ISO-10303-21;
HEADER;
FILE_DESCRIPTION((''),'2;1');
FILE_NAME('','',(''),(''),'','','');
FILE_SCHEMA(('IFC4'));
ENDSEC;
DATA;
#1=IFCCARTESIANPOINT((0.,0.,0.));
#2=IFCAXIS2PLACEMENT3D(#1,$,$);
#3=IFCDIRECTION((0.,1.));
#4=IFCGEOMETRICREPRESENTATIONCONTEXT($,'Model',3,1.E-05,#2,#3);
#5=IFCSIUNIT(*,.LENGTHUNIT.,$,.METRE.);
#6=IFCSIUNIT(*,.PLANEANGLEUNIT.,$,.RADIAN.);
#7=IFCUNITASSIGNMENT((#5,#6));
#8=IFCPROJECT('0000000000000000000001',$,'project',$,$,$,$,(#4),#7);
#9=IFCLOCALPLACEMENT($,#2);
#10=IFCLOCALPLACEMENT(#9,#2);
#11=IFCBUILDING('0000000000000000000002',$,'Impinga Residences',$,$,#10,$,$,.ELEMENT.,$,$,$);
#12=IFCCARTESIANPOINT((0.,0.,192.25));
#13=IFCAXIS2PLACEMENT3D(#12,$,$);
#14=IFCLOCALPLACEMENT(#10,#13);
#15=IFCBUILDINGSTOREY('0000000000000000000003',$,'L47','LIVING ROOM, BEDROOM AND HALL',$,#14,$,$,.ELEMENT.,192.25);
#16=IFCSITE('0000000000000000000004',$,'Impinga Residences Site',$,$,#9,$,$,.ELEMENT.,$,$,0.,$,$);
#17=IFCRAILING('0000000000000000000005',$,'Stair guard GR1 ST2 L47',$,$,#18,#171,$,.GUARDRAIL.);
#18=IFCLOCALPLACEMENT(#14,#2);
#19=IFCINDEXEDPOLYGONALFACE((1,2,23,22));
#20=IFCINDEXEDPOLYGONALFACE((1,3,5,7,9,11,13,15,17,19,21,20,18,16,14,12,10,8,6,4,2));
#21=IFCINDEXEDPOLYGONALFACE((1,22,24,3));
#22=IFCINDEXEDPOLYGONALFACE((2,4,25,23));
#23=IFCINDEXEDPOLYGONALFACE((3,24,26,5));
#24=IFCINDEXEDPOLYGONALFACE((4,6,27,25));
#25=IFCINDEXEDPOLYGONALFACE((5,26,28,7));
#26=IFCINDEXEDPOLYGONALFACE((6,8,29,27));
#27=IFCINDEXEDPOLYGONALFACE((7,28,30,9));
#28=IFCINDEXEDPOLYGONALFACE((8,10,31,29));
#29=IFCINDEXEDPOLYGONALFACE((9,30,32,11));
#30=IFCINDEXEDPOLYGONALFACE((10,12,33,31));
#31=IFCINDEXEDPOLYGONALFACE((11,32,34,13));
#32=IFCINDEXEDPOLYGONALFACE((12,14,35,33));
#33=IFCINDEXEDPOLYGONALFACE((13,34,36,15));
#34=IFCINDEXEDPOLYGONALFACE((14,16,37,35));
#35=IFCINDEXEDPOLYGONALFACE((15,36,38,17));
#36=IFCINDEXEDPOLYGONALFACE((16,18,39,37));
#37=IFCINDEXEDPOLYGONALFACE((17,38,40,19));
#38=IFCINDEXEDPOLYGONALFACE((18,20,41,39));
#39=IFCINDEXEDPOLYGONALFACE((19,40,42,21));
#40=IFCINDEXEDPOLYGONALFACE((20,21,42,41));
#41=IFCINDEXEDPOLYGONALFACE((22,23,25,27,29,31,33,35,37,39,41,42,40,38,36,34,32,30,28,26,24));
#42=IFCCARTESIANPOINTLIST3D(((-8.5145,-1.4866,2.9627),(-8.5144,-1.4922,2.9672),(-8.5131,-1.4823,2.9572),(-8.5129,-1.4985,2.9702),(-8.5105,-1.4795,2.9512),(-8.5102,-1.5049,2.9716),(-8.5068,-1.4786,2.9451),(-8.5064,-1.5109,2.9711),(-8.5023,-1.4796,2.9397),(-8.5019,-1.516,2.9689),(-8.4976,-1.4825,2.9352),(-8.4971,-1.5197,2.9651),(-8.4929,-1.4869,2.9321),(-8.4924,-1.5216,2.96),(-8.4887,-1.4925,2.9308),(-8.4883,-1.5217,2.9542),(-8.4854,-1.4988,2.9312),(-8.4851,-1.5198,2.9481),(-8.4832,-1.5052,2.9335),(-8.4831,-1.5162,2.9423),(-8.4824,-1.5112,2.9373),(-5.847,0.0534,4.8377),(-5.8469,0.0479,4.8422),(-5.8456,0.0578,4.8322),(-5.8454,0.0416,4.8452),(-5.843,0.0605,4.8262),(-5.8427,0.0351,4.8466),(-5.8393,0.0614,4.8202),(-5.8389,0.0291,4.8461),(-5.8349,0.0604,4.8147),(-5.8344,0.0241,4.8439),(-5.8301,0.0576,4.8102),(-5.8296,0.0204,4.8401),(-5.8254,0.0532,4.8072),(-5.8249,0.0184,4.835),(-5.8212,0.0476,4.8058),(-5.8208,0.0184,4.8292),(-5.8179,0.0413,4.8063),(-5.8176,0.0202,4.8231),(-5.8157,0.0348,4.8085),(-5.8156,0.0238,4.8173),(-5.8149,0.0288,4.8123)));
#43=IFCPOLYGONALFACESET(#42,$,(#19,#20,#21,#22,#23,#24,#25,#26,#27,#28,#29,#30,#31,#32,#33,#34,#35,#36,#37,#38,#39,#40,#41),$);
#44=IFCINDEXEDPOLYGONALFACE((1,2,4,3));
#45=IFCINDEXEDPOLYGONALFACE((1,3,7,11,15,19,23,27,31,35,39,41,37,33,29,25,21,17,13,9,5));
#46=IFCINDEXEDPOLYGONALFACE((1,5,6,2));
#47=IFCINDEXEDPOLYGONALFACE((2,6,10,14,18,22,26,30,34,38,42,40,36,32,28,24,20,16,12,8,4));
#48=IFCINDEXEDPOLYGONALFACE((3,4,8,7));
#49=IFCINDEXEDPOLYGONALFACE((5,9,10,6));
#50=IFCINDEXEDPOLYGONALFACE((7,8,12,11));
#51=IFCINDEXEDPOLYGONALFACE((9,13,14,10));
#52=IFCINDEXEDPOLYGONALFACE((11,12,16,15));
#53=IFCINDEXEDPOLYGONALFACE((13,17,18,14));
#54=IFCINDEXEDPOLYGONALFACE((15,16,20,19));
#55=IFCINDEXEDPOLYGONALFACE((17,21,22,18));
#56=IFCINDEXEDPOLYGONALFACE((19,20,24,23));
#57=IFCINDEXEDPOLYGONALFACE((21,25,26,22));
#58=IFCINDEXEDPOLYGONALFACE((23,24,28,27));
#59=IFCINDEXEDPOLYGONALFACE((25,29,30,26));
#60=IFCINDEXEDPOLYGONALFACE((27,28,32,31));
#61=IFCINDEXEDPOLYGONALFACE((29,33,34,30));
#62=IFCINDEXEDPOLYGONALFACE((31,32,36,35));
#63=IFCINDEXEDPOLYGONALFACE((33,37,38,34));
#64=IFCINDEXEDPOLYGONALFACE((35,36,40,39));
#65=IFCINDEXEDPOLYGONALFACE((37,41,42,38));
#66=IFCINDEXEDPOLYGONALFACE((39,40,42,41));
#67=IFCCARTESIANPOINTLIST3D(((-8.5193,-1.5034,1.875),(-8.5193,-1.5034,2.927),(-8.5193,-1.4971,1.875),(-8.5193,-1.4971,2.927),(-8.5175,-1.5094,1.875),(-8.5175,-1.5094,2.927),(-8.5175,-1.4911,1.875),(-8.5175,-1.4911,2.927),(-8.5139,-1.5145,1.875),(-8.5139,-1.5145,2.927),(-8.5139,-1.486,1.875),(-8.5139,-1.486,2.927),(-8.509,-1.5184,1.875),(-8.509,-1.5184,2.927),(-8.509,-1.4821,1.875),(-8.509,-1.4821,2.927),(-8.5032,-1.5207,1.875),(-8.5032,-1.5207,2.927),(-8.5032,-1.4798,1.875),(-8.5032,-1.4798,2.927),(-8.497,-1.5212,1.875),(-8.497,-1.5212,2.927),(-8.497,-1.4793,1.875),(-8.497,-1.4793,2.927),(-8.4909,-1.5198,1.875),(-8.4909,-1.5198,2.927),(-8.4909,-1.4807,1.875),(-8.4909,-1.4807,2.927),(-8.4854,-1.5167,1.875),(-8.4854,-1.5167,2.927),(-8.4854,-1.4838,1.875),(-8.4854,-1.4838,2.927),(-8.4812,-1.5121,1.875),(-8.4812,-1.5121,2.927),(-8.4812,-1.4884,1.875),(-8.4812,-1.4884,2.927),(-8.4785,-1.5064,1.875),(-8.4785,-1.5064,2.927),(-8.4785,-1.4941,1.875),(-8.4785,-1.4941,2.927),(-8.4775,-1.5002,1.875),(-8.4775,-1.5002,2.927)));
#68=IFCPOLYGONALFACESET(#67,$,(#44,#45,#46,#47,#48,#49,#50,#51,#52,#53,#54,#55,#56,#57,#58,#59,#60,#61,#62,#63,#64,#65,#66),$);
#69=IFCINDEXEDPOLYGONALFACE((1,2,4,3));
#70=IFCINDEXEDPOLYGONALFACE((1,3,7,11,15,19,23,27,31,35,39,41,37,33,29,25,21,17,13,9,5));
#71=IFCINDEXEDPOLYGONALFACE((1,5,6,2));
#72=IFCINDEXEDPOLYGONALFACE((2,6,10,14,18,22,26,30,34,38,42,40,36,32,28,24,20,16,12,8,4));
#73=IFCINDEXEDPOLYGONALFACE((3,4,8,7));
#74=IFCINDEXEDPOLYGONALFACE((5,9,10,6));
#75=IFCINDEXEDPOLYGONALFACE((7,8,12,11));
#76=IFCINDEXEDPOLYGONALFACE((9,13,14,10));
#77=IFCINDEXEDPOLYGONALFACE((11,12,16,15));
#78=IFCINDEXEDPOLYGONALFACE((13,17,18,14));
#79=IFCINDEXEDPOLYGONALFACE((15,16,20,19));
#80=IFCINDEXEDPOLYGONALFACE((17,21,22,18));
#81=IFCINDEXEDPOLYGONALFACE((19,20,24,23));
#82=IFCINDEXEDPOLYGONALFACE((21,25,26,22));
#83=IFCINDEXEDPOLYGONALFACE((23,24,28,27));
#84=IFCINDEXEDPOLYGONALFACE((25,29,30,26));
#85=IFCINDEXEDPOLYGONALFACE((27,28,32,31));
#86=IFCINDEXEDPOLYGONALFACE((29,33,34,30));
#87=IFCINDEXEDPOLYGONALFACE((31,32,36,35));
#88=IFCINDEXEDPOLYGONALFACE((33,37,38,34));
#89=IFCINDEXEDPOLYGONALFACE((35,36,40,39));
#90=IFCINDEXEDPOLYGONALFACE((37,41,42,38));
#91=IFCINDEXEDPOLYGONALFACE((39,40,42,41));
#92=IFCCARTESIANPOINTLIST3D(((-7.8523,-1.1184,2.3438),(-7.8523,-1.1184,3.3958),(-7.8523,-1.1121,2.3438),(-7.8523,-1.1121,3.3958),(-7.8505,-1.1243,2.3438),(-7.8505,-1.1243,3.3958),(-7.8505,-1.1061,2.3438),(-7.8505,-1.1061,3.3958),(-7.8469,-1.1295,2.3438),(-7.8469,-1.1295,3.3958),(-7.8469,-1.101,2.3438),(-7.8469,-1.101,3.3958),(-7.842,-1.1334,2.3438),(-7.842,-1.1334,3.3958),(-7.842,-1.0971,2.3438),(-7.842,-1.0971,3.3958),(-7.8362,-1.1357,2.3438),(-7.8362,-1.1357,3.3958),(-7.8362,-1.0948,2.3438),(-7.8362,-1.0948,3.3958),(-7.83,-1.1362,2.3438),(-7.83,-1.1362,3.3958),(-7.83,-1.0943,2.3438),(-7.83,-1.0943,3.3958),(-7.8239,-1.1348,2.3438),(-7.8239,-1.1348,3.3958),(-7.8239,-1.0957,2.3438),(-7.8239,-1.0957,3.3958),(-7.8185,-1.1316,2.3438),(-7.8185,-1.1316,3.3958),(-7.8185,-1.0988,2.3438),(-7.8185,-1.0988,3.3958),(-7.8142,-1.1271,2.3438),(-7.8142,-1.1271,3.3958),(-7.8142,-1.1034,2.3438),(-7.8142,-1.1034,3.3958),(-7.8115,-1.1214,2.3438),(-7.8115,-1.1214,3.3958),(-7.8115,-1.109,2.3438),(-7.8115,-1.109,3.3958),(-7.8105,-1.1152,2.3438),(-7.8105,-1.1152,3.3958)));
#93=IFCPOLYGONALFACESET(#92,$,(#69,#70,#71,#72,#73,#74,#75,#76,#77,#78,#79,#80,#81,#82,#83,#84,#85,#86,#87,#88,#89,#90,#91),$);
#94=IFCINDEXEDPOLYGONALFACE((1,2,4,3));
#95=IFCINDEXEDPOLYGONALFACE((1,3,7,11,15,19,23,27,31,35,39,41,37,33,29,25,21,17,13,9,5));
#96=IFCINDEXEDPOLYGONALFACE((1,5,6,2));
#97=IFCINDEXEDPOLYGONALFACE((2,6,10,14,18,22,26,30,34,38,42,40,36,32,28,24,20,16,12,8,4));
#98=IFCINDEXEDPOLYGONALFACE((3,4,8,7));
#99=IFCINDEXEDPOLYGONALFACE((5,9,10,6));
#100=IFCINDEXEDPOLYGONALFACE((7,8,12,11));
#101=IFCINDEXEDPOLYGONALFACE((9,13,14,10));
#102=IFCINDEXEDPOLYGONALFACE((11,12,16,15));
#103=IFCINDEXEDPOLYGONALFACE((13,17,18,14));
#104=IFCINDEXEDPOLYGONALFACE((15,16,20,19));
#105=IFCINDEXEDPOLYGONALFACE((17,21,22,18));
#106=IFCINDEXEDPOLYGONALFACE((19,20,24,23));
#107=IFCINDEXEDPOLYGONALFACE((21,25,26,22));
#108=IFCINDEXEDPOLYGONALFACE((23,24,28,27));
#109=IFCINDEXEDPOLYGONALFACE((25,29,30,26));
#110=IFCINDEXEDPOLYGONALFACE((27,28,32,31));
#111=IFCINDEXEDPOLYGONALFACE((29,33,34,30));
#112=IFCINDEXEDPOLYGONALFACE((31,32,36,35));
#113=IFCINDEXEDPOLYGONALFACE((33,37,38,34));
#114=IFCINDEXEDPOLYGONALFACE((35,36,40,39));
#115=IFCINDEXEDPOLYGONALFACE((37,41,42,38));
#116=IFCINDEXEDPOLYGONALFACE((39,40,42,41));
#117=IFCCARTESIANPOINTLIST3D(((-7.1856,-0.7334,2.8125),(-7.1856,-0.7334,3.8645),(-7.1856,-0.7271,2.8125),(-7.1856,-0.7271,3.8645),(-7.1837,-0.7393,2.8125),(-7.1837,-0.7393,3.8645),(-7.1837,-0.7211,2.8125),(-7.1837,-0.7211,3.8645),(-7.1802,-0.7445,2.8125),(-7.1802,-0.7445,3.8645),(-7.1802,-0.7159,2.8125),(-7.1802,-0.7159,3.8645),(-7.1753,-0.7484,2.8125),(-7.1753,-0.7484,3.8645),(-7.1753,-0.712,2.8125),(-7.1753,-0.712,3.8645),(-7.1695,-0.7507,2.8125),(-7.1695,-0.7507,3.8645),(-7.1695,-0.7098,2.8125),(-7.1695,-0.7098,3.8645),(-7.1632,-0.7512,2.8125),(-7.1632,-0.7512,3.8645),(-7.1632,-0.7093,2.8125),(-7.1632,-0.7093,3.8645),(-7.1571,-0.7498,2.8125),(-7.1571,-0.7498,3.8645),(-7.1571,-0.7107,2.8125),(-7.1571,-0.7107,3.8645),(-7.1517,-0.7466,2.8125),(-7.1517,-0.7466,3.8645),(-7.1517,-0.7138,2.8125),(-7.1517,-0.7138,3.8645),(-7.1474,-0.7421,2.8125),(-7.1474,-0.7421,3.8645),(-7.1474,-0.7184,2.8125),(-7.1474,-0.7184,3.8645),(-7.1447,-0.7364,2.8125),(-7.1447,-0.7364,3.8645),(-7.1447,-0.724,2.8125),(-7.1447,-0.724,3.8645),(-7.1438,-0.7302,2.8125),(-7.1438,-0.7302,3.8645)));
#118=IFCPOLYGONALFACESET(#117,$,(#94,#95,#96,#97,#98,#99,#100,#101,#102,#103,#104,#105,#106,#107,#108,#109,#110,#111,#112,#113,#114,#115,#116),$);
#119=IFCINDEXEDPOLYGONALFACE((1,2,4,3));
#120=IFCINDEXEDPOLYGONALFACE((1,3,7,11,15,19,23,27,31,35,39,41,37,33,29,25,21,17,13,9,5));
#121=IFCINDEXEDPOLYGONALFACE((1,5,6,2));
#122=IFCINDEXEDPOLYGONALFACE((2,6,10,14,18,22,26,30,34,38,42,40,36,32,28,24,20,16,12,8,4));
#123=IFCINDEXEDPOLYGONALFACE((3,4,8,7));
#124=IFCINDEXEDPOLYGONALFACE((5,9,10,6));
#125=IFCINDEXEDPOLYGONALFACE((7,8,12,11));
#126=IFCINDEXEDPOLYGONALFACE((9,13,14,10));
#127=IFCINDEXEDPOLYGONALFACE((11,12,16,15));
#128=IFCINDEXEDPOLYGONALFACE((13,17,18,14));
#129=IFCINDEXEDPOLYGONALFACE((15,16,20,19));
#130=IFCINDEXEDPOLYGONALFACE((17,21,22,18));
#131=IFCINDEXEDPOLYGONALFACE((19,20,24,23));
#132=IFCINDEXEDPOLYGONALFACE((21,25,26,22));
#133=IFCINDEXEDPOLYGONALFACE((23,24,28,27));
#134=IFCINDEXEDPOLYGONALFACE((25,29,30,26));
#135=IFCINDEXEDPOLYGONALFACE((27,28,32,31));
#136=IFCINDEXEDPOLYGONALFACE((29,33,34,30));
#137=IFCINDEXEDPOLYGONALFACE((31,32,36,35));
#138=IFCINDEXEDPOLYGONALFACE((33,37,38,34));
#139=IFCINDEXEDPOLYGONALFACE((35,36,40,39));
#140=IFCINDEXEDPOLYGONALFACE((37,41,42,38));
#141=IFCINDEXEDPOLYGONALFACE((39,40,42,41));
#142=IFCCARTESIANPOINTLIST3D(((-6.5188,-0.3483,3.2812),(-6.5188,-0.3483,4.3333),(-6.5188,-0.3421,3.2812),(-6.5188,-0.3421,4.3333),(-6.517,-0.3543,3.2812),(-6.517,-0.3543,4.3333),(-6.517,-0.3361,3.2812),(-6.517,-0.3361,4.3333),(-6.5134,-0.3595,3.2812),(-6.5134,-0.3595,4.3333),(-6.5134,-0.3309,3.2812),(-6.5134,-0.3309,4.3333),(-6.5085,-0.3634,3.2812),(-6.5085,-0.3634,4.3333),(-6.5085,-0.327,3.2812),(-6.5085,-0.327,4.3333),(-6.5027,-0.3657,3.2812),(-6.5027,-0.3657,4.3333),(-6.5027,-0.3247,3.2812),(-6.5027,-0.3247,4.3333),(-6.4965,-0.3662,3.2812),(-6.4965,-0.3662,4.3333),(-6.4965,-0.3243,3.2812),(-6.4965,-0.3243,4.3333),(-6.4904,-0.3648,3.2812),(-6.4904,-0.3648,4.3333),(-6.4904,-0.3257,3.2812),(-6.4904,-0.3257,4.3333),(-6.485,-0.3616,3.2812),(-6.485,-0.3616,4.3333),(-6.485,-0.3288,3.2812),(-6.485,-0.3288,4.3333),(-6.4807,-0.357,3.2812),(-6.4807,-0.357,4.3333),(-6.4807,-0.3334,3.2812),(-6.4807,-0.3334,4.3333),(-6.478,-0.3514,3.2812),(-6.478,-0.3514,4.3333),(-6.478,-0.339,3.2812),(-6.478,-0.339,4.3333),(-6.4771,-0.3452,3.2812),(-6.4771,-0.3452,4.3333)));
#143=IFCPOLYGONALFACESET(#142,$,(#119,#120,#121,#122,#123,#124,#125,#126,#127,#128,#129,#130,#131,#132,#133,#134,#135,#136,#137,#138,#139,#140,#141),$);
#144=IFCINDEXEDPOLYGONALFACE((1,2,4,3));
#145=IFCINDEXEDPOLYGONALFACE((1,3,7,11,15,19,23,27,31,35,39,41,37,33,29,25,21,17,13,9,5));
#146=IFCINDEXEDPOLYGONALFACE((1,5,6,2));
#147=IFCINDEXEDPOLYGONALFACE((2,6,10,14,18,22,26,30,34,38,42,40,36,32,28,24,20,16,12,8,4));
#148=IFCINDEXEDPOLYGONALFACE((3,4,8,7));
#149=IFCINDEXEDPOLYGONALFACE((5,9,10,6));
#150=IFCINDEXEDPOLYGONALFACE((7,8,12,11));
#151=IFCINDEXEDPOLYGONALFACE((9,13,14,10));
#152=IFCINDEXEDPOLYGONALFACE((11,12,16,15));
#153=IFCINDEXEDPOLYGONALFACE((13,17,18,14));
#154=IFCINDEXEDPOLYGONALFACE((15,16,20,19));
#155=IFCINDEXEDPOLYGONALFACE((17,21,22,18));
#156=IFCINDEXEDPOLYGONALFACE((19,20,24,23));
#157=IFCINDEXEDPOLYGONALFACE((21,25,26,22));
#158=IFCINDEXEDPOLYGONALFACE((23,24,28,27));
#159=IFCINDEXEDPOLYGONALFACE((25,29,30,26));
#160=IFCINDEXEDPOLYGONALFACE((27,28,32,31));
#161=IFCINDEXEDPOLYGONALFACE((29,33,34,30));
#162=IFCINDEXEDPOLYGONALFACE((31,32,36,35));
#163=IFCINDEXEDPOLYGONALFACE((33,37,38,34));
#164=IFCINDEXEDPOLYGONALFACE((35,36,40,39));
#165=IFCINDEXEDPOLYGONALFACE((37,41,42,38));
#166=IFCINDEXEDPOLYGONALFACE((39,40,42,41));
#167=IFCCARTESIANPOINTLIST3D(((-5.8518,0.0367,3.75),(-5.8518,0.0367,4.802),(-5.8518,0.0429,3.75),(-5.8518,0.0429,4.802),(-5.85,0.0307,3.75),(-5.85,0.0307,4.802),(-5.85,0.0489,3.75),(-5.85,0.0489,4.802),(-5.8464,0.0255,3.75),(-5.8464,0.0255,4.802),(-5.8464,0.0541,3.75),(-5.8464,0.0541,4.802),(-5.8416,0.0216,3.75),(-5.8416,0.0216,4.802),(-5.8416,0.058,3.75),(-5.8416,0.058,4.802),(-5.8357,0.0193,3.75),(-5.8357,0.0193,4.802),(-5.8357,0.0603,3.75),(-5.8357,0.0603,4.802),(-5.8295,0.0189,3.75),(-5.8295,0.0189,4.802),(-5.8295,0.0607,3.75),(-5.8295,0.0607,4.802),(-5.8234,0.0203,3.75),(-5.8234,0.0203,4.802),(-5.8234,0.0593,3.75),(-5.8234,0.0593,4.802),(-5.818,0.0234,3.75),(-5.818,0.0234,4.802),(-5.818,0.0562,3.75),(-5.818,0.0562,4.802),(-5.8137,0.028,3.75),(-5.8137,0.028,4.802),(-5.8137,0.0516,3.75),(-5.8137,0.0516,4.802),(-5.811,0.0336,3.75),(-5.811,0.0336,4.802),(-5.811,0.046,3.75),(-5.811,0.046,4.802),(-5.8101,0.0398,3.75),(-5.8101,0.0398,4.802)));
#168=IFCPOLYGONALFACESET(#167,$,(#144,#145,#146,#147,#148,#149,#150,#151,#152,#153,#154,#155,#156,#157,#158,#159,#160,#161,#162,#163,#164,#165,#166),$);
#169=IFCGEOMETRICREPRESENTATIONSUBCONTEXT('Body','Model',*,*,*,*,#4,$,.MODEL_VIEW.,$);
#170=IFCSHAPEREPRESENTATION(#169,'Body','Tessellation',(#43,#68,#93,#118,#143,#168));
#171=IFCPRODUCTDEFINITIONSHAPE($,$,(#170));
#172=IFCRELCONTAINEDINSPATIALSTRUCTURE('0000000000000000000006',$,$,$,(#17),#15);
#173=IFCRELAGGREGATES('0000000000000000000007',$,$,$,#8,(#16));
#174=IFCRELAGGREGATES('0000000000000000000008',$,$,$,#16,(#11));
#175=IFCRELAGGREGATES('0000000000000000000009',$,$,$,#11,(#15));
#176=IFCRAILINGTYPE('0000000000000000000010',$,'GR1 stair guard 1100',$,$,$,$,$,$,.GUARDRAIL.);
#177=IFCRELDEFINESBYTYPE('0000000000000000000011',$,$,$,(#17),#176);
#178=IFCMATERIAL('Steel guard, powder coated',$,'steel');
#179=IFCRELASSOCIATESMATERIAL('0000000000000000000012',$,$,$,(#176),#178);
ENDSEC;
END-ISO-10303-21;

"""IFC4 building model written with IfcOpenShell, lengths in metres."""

from ifc_helpers import new_model, si_unit, direction, frame, origin, origin_2d, place, context, subcontext, project, spatial, circle, extrude, material, type_object, element, save


model = new_model("IFC4")

# Units and contexts
model_context = context("Model", 3, precision=1e-05, world=origin(), true_north=direction((0.0, 1.0)))
body_context = subcontext(model_context, "Body", "Model", "MODEL_VIEW")
ifc_project = project(units=[si_unit("LENGTHUNIT", "METRE"), si_unit("PLANEANGLEUNIT", "RADIAN")], contexts=[model_context])

# Site, building, storey
site_placement = place(None, origin())
site = spatial("IfcSite", under=ifc_project, at=site_placement, Name="Impinga Residences Site", CompositionType="ELEMENT", RefElevation=0.0)
building_placement = place(site_placement, origin())
building = spatial("IfcBuilding", under=site, at=building_placement, Name="Impinga Residences", CompositionType="ELEMENT")
storey_placement = place(building_placement, frame((0.0, 0.0, 192.25)))
storey = spatial("IfcBuildingStorey", under=building, at=storey_placement, Name="L47", Description="LIVING ROOM, BEDROOM AND HALL", CompositionType="ELEMENT", Elevation=192.25)

# Railing
ifc_material_1 = material(Name="Steel guard, powder coated", Category="steel")
railing_type_1 = type_object("IfcRailingType", Name="GR1 stair guard 1100", PredefinedType="GUARDRAIL", material=ifc_material_1)
railing_1_placement = place(storey_placement, frame((-8.4985, -1.5002, 1.875)))
element("IfcRailing", 1, at=railing_1_placement, inside=storey, type_object=railing_type_1, Name="Stair guard GR1 ST2 L47", PredefinedType="GUARDRAIL", context=body_context, shape_type="SweptSolid", body=[
    extrude(circle(Radius=0.0239, at=origin_2d()), frame((0.0, 0.0, 1.0762), z_axis=(0.739746, 0.427084, 0.519975), x_axis=(-0.499992, 0.86603, 0.0)), (0.0, 0.0, 1.0), 3.606),
    extrude(circle(Radius=0.021, at=origin_2d()), origin(), (0.0, 0.0, 1.0), 1.052),
    extrude(circle(Radius=0.021, at=origin_2d()), frame((0.667, 0.385, 0.4688)), (0.0, 0.0, 1.0), 1.052),
    extrude(circle(Radius=0.021, at=origin_2d()), frame((1.3337, 0.77, 0.9375)), (0.0, 0.0, 1.0), 1.052),
    extrude(circle(Radius=0.021, at=origin_2d()), frame((2.0005, 1.155, 1.4062)), (0.0, 0.0, 1.0), 1.052),
    extrude(circle(Radius=0.021, at=origin_2d()), frame((2.6675, 1.54, 1.875)), (0.0, 0.0, 1.0), 1.052),
])

save(model, "model.ifc")
